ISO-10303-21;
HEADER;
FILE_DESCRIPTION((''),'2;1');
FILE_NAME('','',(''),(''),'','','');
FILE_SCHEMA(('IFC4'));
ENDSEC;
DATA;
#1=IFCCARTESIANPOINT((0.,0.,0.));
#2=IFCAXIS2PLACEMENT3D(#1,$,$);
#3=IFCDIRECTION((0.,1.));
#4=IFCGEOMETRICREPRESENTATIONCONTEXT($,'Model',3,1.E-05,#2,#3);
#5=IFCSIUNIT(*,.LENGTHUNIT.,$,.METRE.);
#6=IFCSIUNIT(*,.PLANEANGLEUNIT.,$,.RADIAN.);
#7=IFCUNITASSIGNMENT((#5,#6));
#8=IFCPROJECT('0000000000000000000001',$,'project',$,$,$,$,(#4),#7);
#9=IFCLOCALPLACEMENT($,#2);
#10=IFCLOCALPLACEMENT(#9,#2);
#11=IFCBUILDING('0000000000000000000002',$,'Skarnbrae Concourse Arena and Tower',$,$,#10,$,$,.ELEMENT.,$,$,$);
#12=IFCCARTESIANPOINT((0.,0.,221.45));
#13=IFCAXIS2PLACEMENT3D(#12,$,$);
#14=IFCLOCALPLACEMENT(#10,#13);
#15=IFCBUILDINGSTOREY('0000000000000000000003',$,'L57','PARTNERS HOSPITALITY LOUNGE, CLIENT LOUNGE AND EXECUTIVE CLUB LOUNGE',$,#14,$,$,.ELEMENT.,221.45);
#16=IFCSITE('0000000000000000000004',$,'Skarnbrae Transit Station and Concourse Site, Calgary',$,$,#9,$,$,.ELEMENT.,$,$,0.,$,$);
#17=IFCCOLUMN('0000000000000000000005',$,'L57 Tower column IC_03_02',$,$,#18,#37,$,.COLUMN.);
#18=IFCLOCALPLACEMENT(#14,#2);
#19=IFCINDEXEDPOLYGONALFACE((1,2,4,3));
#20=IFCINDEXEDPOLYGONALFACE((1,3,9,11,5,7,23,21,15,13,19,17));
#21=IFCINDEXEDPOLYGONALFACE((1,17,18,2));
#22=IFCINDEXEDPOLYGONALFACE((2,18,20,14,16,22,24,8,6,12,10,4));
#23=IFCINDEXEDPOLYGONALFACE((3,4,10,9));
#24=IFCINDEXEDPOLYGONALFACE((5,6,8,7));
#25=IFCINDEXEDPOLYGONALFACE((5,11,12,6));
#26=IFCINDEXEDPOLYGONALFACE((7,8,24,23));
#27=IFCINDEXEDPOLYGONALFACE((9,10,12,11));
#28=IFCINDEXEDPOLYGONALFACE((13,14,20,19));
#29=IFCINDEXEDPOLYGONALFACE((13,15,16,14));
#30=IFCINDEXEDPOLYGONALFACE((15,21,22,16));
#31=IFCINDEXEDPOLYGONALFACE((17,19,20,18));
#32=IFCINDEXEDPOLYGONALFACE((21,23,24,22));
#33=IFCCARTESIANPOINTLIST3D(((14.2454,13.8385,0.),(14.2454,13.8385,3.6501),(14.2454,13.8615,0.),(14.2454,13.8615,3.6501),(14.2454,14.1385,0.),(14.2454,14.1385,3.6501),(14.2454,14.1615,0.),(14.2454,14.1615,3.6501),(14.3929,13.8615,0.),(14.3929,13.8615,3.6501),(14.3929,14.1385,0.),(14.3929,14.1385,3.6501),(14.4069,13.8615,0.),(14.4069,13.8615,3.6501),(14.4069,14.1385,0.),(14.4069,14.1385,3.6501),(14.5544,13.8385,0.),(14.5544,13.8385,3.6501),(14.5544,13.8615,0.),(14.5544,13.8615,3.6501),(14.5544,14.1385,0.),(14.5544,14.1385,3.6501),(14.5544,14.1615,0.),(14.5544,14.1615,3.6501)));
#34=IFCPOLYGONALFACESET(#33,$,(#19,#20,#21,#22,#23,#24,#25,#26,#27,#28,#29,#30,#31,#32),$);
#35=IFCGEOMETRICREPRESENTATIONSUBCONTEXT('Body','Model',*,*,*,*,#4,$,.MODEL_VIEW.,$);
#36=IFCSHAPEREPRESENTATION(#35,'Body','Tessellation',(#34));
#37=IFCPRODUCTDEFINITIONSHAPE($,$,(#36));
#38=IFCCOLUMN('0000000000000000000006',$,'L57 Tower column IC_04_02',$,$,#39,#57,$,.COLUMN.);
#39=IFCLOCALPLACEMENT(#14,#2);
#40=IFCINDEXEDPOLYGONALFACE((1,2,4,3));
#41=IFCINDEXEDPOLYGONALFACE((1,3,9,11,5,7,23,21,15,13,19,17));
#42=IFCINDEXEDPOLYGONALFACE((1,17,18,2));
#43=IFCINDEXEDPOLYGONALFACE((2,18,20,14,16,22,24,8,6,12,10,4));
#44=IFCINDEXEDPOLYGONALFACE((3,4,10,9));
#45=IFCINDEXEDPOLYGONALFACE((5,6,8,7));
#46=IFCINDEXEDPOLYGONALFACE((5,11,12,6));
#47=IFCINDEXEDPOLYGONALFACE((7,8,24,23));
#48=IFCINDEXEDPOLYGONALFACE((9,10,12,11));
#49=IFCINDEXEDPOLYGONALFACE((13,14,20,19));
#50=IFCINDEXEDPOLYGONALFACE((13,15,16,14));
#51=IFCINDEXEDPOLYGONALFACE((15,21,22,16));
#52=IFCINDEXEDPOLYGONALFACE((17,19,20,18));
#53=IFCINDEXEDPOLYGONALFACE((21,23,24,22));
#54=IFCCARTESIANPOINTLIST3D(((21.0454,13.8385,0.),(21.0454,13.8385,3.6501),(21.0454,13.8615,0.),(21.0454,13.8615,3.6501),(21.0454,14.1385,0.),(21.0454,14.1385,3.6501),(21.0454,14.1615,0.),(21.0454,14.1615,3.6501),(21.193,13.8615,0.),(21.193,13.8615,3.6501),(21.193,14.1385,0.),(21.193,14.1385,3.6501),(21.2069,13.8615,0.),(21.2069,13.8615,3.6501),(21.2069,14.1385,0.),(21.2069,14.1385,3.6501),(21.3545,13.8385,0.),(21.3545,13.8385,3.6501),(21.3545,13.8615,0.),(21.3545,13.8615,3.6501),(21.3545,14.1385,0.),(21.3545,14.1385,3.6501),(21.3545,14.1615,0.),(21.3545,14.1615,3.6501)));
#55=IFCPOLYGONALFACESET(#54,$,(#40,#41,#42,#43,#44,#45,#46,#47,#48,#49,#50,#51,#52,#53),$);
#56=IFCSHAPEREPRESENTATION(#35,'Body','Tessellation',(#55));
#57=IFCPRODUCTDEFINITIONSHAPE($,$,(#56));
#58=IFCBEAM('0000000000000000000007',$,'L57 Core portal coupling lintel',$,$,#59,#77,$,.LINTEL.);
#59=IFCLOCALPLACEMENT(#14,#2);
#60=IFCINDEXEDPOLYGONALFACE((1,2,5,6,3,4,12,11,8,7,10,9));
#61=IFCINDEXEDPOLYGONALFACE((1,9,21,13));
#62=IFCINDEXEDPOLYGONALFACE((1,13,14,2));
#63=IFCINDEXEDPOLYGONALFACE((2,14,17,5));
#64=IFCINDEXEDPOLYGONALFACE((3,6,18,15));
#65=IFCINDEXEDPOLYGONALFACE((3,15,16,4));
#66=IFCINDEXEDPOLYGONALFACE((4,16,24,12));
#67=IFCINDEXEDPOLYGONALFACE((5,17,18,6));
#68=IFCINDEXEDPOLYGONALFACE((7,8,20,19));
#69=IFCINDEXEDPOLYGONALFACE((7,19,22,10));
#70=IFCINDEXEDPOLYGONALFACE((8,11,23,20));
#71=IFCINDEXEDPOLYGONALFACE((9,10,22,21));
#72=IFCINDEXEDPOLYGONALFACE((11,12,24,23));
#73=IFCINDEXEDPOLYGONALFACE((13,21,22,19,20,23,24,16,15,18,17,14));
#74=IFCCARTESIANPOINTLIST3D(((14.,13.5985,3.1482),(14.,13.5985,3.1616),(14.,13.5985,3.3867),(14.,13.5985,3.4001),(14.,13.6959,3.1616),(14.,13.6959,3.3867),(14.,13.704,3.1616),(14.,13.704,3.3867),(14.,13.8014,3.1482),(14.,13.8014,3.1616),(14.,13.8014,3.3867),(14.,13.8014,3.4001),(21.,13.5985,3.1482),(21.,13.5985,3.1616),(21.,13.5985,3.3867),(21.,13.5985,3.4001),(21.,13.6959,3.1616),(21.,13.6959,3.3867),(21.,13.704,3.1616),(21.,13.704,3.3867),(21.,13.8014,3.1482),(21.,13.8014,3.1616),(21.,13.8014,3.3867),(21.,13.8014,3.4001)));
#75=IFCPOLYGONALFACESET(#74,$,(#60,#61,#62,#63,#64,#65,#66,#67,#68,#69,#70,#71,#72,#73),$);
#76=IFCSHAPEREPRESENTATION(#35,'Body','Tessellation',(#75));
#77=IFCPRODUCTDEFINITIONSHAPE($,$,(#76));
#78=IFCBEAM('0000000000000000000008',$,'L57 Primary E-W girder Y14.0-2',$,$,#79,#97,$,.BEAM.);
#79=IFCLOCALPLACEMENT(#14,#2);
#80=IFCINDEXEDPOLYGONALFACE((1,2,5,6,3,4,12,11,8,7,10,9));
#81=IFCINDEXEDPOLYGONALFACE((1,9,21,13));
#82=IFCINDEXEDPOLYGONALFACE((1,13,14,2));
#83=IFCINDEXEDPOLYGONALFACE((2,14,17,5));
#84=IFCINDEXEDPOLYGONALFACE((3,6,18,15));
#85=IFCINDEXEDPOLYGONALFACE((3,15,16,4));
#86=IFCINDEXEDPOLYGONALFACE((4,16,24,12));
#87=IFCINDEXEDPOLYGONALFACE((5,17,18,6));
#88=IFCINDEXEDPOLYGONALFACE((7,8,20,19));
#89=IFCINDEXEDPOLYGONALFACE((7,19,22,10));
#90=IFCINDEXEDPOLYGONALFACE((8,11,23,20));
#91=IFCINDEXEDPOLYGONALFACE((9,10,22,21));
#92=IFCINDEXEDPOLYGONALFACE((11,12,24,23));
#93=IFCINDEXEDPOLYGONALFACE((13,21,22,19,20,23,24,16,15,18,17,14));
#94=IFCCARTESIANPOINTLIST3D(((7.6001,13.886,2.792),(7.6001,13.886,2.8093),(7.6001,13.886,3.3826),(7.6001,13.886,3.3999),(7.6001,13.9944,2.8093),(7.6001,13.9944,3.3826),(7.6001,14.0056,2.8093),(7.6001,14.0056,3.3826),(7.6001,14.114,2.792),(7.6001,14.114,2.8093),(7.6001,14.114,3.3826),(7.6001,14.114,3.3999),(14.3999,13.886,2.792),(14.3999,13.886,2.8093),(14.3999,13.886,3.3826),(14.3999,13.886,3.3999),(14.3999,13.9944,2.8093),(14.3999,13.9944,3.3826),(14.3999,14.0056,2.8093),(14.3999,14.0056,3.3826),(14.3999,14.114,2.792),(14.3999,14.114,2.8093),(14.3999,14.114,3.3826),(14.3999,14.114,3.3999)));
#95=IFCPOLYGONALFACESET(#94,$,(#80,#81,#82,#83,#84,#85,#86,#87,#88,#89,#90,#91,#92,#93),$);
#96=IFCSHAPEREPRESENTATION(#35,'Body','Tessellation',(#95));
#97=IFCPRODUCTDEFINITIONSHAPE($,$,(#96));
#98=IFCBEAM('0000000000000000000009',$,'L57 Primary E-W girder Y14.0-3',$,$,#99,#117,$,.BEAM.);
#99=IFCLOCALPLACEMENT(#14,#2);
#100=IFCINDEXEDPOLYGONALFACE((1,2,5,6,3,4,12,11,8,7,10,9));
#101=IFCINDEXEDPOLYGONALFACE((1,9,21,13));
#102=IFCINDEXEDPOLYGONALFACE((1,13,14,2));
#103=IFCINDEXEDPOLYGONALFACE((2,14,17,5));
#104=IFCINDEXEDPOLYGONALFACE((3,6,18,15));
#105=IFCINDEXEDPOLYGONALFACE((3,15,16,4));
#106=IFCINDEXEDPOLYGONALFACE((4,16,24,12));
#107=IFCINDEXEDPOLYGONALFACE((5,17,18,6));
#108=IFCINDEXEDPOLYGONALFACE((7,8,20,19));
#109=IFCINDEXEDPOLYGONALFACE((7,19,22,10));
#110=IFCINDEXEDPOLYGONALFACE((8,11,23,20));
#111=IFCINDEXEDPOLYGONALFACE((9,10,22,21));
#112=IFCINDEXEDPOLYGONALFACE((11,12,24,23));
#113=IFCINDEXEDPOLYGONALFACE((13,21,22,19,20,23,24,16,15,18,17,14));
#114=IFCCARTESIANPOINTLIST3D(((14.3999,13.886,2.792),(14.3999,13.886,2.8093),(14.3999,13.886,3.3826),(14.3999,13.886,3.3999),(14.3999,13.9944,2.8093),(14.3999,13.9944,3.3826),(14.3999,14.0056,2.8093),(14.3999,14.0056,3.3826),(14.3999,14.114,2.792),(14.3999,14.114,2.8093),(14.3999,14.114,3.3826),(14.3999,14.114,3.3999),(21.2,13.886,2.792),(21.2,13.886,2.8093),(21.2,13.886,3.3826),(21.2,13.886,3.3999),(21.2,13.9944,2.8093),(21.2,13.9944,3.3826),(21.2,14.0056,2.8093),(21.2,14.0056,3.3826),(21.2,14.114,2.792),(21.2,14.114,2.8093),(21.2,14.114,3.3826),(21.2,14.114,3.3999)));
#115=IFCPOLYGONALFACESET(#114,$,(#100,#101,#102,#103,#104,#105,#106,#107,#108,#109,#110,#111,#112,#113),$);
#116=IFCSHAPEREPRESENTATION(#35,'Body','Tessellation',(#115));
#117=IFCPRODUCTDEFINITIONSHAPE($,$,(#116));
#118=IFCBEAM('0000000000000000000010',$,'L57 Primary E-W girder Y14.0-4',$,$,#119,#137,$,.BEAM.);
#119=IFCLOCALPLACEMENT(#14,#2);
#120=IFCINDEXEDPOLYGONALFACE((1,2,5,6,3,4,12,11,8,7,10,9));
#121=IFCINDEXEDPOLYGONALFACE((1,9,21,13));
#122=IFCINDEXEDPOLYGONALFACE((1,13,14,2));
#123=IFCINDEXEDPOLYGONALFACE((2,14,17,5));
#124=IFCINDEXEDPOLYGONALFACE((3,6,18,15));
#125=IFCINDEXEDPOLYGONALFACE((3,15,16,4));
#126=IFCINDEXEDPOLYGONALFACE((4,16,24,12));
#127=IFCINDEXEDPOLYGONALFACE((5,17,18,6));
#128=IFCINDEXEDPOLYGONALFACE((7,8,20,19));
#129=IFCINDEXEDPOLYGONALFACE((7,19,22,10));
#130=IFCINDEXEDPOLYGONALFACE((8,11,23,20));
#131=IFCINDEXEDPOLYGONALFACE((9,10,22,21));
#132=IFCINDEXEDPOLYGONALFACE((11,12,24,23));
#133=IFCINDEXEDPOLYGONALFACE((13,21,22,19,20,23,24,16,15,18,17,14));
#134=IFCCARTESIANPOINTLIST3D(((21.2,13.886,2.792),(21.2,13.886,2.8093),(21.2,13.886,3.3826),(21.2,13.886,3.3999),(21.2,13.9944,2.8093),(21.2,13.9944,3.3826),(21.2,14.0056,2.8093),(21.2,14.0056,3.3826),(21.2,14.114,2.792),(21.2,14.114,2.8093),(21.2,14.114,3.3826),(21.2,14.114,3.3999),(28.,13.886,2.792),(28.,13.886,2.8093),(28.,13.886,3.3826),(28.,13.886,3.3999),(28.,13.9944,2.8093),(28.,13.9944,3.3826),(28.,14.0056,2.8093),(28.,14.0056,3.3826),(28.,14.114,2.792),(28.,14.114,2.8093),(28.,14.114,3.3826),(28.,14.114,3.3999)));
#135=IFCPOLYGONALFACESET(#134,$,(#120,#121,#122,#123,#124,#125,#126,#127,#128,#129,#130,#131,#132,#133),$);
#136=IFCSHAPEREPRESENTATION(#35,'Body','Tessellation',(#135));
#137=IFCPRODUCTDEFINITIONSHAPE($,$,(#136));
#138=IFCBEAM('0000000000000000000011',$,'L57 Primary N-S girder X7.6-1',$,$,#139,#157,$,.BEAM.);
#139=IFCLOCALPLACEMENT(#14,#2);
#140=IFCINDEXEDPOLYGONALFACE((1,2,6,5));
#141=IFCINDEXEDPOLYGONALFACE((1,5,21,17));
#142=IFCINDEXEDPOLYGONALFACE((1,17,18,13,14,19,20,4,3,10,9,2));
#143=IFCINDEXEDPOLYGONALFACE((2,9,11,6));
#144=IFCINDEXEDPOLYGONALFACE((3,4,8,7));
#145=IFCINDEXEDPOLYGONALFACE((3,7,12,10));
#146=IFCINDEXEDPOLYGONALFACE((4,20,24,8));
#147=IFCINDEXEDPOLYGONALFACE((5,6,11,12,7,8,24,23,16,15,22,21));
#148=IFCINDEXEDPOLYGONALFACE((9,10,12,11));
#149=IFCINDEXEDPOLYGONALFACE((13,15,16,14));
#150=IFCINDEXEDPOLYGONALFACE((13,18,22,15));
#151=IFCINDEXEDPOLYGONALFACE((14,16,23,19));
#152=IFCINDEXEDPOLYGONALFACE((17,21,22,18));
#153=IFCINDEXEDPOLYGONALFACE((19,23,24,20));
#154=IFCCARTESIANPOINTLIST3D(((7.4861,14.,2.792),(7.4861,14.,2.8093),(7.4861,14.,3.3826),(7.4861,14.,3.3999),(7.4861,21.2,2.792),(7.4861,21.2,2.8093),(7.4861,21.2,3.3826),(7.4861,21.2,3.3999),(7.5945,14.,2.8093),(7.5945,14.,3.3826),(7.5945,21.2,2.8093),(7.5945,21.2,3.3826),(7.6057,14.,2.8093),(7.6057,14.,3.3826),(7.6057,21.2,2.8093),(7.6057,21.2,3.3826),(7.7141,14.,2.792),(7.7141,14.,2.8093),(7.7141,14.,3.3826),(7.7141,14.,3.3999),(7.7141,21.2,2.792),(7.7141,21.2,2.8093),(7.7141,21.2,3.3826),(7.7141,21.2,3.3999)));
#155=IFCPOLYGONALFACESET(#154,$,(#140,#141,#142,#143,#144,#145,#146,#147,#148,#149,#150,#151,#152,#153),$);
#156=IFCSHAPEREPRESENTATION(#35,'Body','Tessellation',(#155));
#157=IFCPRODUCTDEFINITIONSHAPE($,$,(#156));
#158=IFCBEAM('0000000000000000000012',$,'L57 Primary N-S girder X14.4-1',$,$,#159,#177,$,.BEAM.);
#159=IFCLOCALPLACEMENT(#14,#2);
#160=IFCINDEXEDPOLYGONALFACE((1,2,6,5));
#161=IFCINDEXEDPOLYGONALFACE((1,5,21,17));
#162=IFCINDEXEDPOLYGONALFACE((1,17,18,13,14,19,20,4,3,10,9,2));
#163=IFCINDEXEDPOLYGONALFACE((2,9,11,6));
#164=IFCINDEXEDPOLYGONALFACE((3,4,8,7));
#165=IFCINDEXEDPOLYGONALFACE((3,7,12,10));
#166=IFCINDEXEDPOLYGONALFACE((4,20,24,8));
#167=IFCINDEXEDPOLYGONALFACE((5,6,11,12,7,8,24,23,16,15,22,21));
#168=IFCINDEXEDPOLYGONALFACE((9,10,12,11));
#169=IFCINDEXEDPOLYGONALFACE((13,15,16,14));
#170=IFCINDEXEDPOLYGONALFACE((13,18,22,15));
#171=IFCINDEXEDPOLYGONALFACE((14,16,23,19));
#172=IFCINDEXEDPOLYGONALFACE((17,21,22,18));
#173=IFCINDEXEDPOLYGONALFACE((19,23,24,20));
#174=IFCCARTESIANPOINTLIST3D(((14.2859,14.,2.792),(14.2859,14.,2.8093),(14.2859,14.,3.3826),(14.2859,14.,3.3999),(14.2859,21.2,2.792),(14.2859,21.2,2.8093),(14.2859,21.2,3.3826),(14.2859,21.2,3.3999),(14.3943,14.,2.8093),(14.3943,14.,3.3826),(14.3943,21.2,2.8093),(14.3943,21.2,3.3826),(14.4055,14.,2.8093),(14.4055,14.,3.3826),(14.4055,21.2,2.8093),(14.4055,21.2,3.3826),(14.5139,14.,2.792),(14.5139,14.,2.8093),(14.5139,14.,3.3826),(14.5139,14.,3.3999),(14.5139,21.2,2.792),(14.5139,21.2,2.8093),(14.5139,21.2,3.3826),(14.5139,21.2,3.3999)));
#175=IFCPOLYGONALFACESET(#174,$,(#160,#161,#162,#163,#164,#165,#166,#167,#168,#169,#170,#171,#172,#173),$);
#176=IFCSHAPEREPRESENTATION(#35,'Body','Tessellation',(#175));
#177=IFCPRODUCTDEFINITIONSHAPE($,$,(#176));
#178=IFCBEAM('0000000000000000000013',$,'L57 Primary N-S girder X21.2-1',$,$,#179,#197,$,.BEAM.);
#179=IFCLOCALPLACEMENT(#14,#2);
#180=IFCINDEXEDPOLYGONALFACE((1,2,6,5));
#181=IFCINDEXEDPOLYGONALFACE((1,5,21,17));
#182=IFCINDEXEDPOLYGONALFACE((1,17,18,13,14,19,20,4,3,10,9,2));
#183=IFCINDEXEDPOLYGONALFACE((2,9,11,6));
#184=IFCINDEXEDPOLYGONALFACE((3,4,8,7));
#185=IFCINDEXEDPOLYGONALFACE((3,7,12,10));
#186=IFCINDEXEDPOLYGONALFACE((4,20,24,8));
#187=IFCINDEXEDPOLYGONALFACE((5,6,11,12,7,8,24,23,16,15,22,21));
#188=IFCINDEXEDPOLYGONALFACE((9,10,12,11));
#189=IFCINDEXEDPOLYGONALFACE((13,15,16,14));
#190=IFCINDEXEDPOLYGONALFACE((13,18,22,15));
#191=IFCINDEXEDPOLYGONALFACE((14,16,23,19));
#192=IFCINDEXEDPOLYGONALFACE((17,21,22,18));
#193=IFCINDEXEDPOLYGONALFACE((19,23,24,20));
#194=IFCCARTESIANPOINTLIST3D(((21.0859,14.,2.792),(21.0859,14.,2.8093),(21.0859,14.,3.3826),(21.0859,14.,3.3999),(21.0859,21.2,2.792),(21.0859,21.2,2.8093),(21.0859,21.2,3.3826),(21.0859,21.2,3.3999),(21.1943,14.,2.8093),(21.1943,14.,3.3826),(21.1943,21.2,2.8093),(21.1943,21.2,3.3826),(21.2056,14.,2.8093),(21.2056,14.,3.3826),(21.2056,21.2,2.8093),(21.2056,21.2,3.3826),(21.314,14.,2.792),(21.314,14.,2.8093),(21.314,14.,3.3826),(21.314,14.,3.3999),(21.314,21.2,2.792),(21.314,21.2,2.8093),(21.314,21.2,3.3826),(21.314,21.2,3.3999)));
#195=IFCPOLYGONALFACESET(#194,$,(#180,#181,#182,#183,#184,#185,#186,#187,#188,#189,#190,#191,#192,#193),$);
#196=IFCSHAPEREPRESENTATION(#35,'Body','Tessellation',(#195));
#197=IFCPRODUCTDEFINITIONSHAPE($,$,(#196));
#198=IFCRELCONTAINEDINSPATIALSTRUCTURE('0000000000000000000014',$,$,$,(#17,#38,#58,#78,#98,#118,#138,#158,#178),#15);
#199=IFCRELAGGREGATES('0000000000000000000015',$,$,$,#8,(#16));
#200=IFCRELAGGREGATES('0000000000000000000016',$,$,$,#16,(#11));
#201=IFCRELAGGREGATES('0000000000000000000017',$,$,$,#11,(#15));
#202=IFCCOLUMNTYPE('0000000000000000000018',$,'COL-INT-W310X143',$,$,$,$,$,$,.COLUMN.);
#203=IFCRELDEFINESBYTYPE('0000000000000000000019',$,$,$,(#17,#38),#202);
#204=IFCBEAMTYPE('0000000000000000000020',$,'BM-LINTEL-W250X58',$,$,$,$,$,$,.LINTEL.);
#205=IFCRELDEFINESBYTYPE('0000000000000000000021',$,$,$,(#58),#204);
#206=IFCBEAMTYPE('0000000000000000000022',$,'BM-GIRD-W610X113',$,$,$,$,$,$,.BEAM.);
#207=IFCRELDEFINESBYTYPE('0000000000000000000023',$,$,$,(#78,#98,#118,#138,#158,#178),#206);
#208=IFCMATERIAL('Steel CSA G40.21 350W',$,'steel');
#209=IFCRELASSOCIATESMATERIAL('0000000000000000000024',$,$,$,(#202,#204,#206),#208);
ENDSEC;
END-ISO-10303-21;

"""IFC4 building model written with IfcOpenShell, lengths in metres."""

from ifc_helpers import new_model, si_unit, direction, frame, origin, origin_2d, place, context, subcontext, project, spatial, i_section, extrude, source, transform, mapped, material, material_profile, profile_set, type_object, element, save


model = new_model("IFC4")

# Units and contexts
model_context = context("Model", 3, precision=1e-05, world=origin(), true_north=direction((0.0, 1.0)))
body_context = subcontext(model_context, "Body", "Model", "MODEL_VIEW")
ifc_project = project(units=[si_unit("LENGTHUNIT", "METRE"), si_unit("PLANEANGLEUNIT", "RADIAN")], contexts=[model_context])

# Site, building, storey
site_placement = place(None, origin())
site = spatial("IfcSite", under=ifc_project, at=site_placement, Name="Skarnbrae Transit Station and Concourse Site, Calgary", CompositionType="ELEMENT", RefElevation=0.0)
building_placement = place(site_placement, origin())
building = spatial("IfcBuilding", under=site, at=building_placement, Name="Skarnbrae Concourse Arena and Tower", CompositionType="ELEMENT")
storey_placement = place(building_placement, frame((0.0, 0.0, 221.45)))
storey = spatial("IfcBuildingStorey", under=building, at=storey_placement, Name="L57", Description="PARTNERS HOSPITALITY LOUNGE, CLIENT LOUNGE AND EXECUTIVE CLUB LOUNGE", CompositionType="ELEMENT", Elevation=221.45)

# Columns
ifc_material_1 = material(Name="Steel CSA G40.21 350W", Category="steel")
ifc_material_profile_1 = material_profile(ifc_material_1, i_section(OverallWidth=0.3091, OverallDepth=0.323, WebThickness=0.0139, FlangeThickness=0.0229, at=origin_2d()), Name="W310X143")
ifc_profile_set_1 = profile_set([ifc_material_profile_1], Name="Steel CSA G40.21 350W")
column_type = type_object("IfcColumnType", Name="COL-INT-W310X143", PredefinedType="COLUMN", material=ifc_profile_set_1)
shared_shape_1 = source(origin(), body_context, "Body", "SweptSolid", [
    extrude(i_section(OverallWidth=0.3091, OverallDepth=0.323, WebThickness=0.0139, FlangeThickness=0.0229, at=origin_2d()), origin(), (0.0, 0.0, 1.0), 3.6501),
])
for number, where, z_axis, x_axis, name in (
    (1, (14.3999, 14.0, 0.0), (0.0, 0.0, 1.0), (1.0, 0.0, 0.0), "L57 Tower column IC_03_02"),
    (2, (21.2, 14.0, 0.0), (0.0, 0.0, 1.0), (1.0, 0.0, 0.0), "L57 Tower column IC_04_02"),
):
    element("IfcColumn", number, at=place(storey_placement, frame(where, z_axis=z_axis, x_axis=x_axis)), inside=storey, type_object=column_type, Name=name, PredefinedType="COLUMN", context=body_context, shape_type="MappedRepresentation", body=[
        mapped(shared_shape_1, transform((0.0, 0.0, 0.0))),
    ])

# Beams
ifc_material_profile_2 = material_profile(ifc_material_1, i_section(OverallWidth=0.2029, OverallDepth=0.252, WebThickness=0.0081, FlangeThickness=0.0134, at=origin_2d()), Name="W250X58")
ifc_profile_set_2 = profile_set([ifc_material_profile_2], Name="Steel CSA G40.21 350W")
beam_type_1 = type_object("IfcBeamType", Name="BM-LINTEL-W250X58", PredefinedType="LINTEL", material=ifc_profile_set_2)
shared_shape_2 = source(origin(), body_context, "Body", "SweptSolid", [
    extrude(i_section(OverallWidth=0.2029, OverallDepth=0.252, WebThickness=0.0081, FlangeThickness=0.0134, at=origin_2d()), origin(), (0.0, 0.0, 1.0), 7.0),
])
beam_1_placement = place(storey_placement, frame((14.0, 13.7, 3.2742), z_axis=(1.0, 0.0, 0.0), x_axis=(0.0, 1.0, 0.0)))
element("IfcBeam", 3, at=beam_1_placement, inside=storey, type_object=beam_type_1, Name="L57 Core portal coupling lintel", PredefinedType="LINTEL", context=body_context, shape_type="MappedRepresentation", body=[
    mapped(shared_shape_2, transform((0.0, 0.0, 0.0))),
])
ifc_material_profile_3 = material_profile(ifc_material_1, i_section(OverallWidth=0.228, OverallDepth=0.6079, WebThickness=0.0112, FlangeThickness=0.0173, at=origin_2d()), Name="W610X113")
ifc_profile_set_3 = profile_set([ifc_material_profile_3], Name="Steel CSA G40.21 350W")
beam_type_2 = type_object("IfcBeamType", Name="BM-GIRD-W610X113", PredefinedType="BEAM", material=ifc_profile_set_3)
shared_shape_3 = source(origin(), body_context, "Body", "SweptSolid", [
    extrude(i_section(OverallWidth=0.228, OverallDepth=0.6079, WebThickness=0.0112, FlangeThickness=0.0173, at=origin_2d()), origin(), (0.0, 0.0, 1.0), 6.7998),
])
beam_2_placement = place(storey_placement, frame((7.6001, 14.0, 3.0959), z_axis=(1.0, 0.0, 0.0), x_axis=(0.0, 1.0, 0.0)))
element("IfcBeam", 4, at=beam_2_placement, inside=storey, type_object=beam_type_2, Name="L57 Primary E-W girder Y14.0-2", PredefinedType="BEAM", context=body_context, shape_type="MappedRepresentation", body=[
    mapped(shared_shape_3, transform((0.0, 0.0, 0.0))),
])
shared_shape_4 = source(origin(), body_context, "Body", "SweptSolid", [
    extrude(i_section(OverallWidth=0.228, OverallDepth=0.6079, WebThickness=0.0112, FlangeThickness=0.0173, at=origin_2d()), origin(), (0.0, 0.0, 1.0), 6.8),
])
for number, where, z_axis, x_axis, name in (
    (5, (14.3999, 14.0, 3.0959), (1.0, 0.0, 0.0), (0.0, 1.0, 0.0), "L57 Primary E-W girder Y14.0-3"),
    (6, (21.2, 14.0, 3.0959), (1.0, 0.0, 0.0), (0.0, 1.0, 0.0), "L57 Primary E-W girder Y14.0-4"),
):
    element("IfcBeam", number, at=place(storey_placement, frame(where, z_axis=z_axis, x_axis=x_axis)), inside=storey, type_object=beam_type_2, Name=name, PredefinedType="BEAM", context=body_context, shape_type="MappedRepresentation", body=[
        mapped(shared_shape_4, transform((0.0, 0.0, 0.0))),
    ])
shared_shape_5 = source(origin(), body_context, "Body", "SweptSolid", [
    extrude(i_section(OverallWidth=0.228, OverallDepth=0.6079, WebThickness=0.0112, FlangeThickness=0.0173, at=origin_2d()), origin(), (0.0, 0.0, 1.0), 7.2),
])
for number, where, z_axis, x_axis, name in (
    (7, (7.6001, 14.0, 3.0959), (0.0, 1.0, 0.0), (-1.0, 0.0, 0.0), "L57 Primary N-S girder X7.6-1"),
    (8, (14.3999, 14.0, 3.0959), (0.0, 1.0, 0.0), (-1.0, 0.0, 0.0), "L57 Primary N-S girder X14.4-1"),
    (9, (21.2, 14.0, 3.0959), (0.0, 1.0, 0.0), (-1.0, 0.0, 0.0), "L57 Primary N-S girder X21.2-1"),
):
    element("IfcBeam", number, at=place(storey_placement, frame(where, z_axis=z_axis, x_axis=x_axis)), inside=storey, type_object=beam_type_2, Name=name, PredefinedType="BEAM", context=body_context, shape_type="MappedRepresentation", body=[
        mapped(shared_shape_5, transform((0.0, 0.0, 0.0))),
    ])

save(model, "model.ifc")
